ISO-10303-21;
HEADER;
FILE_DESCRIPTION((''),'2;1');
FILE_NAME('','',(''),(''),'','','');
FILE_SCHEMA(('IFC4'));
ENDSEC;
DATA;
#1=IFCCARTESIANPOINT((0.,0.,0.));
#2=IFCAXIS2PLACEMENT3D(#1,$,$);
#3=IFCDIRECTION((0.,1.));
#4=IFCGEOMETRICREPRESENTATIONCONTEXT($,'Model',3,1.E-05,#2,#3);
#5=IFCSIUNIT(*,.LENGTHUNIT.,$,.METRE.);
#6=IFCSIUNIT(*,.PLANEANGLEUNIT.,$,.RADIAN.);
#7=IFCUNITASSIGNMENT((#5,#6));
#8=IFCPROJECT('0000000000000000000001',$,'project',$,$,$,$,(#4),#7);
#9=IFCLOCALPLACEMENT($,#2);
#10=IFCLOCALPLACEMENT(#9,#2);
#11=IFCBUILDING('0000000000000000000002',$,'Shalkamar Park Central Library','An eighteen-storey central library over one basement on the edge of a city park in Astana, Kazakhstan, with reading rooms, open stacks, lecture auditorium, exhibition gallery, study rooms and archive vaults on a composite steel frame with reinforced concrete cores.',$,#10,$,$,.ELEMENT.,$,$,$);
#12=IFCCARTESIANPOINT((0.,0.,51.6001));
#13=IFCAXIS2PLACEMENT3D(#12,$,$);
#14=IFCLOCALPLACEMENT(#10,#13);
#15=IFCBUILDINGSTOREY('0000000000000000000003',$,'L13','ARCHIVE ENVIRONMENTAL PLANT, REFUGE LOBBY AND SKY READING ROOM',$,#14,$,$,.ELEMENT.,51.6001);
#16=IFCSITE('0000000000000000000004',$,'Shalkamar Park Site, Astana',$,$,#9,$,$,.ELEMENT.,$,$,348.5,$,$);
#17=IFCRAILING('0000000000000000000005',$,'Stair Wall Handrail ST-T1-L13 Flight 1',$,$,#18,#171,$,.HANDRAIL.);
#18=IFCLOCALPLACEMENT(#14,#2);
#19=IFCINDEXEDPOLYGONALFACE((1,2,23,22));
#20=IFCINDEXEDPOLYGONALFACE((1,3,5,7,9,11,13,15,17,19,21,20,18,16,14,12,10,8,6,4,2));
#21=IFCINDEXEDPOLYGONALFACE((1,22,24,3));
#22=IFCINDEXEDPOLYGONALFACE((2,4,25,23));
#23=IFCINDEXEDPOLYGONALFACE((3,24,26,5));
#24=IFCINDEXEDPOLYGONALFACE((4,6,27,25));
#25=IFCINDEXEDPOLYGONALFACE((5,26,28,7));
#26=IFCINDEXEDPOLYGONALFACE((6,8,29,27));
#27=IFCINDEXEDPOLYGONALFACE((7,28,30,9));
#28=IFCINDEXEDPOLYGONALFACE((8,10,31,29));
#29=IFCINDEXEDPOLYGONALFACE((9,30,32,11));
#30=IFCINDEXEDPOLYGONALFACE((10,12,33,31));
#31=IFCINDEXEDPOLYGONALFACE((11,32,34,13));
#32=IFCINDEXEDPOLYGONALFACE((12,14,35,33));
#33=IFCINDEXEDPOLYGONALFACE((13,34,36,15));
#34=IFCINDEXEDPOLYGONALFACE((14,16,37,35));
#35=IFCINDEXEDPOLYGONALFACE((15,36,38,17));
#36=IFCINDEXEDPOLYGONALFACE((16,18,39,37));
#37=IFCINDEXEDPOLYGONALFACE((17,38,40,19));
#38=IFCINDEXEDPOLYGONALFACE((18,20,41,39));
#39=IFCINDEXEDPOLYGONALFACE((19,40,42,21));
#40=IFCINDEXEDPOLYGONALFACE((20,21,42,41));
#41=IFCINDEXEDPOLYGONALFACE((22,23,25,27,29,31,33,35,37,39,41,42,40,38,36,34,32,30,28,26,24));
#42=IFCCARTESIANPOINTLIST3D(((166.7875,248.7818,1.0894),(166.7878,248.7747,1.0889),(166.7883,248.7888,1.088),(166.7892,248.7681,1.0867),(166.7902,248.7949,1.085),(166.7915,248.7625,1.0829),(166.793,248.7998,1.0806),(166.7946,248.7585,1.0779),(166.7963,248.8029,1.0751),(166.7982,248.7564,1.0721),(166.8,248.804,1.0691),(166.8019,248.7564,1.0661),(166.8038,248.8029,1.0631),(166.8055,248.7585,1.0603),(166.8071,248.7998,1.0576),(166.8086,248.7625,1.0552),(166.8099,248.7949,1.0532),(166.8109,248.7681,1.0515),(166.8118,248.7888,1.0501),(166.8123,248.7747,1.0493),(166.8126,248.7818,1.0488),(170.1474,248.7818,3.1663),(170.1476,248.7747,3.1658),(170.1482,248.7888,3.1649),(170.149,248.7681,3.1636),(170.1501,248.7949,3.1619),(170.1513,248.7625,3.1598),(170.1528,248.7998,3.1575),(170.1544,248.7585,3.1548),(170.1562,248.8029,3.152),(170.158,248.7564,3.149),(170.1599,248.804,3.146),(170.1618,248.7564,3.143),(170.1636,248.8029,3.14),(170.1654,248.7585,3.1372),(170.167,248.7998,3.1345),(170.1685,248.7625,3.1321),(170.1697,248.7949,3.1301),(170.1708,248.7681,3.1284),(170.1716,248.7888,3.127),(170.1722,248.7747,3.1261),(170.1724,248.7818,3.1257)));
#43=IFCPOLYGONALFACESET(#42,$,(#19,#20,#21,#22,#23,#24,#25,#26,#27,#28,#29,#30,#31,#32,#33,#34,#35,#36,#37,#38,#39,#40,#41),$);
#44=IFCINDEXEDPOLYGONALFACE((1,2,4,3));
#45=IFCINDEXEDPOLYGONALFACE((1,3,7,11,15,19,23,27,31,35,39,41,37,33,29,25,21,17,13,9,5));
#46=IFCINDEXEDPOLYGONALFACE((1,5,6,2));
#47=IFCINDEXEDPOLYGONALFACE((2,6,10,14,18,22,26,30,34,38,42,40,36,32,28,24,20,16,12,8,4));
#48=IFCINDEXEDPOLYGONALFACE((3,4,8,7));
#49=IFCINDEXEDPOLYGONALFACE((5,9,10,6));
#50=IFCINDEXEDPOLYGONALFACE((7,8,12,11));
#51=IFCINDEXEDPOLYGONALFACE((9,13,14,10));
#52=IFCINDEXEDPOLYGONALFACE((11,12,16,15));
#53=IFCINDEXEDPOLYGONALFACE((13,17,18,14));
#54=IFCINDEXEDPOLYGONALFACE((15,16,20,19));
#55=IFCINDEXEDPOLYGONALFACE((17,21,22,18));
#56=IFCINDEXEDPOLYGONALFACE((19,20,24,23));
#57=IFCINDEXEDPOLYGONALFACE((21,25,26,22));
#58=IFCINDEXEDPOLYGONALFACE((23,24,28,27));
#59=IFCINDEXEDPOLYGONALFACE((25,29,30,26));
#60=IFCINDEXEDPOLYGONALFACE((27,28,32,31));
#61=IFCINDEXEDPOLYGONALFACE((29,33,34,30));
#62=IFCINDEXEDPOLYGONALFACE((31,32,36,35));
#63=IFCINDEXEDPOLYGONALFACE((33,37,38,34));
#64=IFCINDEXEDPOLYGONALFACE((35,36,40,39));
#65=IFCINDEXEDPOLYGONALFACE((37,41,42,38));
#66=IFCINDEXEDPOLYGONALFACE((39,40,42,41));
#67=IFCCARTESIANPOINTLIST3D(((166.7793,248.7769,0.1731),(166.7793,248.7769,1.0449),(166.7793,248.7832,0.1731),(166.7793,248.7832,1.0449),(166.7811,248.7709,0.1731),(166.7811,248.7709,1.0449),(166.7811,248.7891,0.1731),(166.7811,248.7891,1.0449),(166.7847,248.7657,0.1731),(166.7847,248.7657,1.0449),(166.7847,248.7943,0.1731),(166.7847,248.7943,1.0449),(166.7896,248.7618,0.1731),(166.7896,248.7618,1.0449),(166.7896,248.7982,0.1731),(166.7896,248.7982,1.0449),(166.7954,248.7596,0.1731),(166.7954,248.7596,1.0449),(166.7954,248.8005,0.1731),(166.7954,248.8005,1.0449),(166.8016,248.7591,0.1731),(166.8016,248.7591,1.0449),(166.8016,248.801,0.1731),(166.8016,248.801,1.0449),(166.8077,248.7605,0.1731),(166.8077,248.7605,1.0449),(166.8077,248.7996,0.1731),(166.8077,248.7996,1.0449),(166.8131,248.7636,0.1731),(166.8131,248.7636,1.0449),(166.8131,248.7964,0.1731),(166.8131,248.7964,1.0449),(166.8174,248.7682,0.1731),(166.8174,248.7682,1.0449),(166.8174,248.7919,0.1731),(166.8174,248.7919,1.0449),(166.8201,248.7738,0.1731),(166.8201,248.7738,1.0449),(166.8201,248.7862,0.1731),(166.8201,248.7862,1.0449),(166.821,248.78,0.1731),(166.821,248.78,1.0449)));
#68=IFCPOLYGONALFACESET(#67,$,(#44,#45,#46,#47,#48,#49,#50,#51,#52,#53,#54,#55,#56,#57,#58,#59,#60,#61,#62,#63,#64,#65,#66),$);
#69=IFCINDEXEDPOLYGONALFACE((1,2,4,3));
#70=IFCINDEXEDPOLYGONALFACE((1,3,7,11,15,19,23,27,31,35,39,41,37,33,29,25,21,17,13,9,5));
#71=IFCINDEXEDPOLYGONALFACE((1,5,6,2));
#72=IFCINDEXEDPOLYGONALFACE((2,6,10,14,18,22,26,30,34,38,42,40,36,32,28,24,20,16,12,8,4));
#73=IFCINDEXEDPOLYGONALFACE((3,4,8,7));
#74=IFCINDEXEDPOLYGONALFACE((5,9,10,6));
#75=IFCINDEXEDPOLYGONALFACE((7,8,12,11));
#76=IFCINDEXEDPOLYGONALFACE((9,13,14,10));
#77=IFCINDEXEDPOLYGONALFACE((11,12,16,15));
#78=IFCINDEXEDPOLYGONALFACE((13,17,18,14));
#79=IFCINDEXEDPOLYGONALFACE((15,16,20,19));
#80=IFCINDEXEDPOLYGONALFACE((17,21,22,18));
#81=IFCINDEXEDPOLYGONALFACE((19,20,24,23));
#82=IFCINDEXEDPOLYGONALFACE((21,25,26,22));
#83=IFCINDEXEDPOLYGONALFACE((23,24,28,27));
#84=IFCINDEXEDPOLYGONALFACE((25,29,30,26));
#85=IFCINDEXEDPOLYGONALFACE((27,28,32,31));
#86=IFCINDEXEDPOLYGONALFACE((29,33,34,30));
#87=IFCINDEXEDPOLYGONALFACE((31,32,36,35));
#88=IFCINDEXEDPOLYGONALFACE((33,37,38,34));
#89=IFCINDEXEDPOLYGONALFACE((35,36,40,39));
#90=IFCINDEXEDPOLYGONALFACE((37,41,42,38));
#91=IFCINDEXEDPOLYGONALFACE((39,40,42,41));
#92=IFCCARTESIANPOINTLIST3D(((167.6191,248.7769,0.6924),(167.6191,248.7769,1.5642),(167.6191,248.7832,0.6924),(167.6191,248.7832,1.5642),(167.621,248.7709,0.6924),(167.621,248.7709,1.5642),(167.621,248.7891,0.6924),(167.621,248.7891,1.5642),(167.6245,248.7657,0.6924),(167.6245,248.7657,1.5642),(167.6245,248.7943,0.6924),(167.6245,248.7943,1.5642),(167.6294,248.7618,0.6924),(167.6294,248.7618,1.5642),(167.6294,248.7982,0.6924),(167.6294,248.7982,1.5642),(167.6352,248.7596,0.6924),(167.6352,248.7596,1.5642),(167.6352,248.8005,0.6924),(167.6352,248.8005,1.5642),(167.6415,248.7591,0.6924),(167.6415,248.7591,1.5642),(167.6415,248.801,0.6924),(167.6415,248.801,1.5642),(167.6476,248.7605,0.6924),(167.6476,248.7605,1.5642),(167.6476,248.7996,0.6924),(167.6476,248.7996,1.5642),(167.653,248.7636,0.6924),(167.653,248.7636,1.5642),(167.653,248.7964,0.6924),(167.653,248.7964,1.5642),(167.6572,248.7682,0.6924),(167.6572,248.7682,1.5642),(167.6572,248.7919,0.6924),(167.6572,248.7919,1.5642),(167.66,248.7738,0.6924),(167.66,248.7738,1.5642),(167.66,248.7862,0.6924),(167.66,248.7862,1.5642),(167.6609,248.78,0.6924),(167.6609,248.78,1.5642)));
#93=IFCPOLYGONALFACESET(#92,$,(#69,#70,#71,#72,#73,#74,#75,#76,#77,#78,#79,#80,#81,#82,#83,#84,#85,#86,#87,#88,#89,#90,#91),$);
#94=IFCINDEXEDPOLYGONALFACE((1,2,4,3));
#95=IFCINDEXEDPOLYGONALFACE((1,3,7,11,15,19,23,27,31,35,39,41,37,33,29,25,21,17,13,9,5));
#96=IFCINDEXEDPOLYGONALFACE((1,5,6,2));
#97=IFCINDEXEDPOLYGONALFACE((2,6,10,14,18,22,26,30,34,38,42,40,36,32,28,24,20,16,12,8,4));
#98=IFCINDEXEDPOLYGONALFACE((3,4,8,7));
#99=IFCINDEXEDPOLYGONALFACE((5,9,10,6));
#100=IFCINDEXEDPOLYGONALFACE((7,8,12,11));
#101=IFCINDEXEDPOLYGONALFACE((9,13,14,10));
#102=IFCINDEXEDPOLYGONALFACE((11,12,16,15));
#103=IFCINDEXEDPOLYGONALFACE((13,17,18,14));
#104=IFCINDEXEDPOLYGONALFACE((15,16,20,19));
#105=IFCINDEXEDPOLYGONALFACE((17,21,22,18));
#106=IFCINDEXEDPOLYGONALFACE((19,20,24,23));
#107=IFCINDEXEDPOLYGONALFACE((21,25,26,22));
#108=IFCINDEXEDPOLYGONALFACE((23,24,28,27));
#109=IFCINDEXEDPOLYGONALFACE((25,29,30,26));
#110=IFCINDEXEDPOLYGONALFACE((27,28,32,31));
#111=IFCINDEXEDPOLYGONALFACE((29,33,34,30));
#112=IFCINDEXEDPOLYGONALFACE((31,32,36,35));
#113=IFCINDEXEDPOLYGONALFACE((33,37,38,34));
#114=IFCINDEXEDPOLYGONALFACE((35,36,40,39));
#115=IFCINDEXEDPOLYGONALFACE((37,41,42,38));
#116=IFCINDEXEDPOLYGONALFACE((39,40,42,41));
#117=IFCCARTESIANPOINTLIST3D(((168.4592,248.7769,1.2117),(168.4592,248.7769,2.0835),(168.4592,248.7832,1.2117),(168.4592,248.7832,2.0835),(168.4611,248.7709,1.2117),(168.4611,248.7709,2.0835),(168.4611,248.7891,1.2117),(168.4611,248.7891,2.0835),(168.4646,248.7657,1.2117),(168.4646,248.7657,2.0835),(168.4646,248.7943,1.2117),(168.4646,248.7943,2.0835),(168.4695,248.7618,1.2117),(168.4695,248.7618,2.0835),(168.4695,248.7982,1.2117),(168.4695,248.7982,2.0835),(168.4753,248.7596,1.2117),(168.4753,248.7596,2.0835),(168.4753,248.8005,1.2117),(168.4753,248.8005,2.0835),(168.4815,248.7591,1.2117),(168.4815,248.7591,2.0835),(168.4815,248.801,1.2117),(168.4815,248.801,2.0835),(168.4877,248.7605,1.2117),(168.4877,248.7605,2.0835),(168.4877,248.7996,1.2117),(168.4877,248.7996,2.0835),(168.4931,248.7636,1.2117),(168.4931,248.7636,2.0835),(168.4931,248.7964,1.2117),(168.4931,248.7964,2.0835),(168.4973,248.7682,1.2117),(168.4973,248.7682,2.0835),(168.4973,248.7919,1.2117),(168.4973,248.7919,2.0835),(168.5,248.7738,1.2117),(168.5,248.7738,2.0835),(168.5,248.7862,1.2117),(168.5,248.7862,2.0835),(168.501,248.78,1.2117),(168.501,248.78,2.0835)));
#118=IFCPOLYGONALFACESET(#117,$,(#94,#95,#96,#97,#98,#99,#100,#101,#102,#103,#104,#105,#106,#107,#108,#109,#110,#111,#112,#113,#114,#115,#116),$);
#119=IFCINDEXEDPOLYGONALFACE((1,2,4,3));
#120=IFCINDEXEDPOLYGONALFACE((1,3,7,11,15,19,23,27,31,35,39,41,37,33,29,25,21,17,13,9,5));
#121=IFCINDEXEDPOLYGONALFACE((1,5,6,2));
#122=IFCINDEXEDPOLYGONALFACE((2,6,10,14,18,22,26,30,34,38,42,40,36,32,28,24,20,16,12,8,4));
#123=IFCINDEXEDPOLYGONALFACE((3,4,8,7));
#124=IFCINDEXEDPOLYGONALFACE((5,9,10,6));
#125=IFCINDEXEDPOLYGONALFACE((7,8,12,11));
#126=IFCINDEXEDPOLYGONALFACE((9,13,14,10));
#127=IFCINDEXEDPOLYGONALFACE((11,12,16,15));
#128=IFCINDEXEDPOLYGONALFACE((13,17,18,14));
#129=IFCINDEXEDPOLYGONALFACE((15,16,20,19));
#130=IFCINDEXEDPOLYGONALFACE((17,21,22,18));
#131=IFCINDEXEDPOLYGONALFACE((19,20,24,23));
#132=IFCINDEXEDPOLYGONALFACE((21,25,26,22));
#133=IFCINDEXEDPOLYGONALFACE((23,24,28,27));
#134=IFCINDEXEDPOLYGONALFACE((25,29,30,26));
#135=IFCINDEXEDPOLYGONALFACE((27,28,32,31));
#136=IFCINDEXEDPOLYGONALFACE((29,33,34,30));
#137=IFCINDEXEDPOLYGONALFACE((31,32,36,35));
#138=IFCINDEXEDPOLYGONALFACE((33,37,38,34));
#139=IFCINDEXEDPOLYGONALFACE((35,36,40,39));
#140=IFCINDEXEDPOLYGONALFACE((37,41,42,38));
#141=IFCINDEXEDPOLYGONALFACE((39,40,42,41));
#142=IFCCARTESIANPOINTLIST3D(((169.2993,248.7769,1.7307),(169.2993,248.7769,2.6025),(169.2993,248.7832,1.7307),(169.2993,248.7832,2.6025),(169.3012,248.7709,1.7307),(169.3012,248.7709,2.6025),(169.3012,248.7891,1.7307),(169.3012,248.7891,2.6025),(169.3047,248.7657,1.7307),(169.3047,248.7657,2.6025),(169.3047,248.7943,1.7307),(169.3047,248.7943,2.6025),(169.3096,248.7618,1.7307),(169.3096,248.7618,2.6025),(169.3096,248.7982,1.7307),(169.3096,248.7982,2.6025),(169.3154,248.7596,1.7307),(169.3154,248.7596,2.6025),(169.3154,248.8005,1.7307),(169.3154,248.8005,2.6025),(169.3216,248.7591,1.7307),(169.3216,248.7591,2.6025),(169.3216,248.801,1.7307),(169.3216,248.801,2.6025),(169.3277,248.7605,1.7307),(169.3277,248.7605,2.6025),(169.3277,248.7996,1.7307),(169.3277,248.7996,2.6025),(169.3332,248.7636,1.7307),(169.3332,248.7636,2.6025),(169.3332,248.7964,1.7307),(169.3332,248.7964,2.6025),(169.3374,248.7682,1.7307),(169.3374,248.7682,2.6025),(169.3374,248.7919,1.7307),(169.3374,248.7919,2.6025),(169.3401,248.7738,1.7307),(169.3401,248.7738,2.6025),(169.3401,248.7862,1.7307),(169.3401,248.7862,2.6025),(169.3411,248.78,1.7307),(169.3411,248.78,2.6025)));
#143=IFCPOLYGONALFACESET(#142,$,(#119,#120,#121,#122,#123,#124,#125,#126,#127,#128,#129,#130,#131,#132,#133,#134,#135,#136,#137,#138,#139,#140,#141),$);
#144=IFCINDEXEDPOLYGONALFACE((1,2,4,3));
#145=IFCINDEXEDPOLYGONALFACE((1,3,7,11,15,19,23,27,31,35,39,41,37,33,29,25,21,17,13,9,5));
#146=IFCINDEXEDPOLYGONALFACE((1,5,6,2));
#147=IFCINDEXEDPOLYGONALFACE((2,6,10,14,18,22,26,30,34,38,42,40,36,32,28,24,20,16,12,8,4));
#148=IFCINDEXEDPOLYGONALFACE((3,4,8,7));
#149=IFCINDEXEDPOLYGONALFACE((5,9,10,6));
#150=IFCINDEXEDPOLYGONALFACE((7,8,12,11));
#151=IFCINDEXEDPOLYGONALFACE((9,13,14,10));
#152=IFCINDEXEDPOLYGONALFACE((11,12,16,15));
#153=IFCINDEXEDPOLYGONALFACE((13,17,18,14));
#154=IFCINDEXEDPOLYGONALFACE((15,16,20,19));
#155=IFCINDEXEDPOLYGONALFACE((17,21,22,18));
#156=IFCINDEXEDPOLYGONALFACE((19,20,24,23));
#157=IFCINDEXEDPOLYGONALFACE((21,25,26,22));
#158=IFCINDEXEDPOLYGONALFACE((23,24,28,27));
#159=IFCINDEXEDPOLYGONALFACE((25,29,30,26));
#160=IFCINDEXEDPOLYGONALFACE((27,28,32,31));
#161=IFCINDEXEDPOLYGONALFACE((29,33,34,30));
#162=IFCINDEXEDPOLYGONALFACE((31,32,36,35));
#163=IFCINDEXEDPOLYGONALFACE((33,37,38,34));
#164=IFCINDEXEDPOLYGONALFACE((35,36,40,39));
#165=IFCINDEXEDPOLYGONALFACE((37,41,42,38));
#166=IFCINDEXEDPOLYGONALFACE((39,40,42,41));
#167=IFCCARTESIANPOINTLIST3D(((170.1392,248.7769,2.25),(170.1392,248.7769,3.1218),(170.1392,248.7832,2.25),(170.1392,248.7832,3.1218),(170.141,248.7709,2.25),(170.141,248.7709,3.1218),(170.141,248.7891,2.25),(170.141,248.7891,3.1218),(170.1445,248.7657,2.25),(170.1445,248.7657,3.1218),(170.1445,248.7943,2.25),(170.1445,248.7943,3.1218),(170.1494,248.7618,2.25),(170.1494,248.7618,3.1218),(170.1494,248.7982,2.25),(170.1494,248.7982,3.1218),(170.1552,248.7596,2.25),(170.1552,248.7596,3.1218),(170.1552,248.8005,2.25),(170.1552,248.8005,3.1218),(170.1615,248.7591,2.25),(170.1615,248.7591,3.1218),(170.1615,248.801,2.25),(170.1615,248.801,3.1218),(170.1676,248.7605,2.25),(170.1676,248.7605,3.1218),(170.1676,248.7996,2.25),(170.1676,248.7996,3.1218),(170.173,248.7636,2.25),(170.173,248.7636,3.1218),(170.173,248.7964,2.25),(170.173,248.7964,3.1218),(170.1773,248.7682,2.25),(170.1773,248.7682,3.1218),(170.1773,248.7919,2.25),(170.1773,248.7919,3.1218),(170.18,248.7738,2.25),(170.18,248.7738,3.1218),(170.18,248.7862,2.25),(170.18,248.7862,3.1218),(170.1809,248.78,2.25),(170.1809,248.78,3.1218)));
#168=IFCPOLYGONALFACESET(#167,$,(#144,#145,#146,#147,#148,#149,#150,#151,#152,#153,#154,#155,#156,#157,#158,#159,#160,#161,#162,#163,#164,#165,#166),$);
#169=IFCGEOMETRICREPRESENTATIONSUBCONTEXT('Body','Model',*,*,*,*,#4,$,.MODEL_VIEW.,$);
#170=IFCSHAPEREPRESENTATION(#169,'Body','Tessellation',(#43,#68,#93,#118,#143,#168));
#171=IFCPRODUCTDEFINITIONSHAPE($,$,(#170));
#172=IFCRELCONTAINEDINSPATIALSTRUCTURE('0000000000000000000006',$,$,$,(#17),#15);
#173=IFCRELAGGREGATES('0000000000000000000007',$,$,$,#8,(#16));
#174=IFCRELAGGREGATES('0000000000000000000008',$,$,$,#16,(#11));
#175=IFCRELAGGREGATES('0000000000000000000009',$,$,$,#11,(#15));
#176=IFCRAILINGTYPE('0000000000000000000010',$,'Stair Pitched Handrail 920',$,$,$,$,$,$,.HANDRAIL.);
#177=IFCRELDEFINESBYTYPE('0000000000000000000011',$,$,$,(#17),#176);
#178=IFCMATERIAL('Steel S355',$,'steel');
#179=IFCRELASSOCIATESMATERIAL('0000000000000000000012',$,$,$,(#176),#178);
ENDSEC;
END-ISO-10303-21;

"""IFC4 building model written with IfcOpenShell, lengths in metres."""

from ifc_helpers import new_model, si_unit, direction, frame, origin, origin_2d, place, context, subcontext, project, spatial, circle, extrude, material, type_object, element, save


model = new_model("IFC4")

# Units and contexts
model_context = context("Model", 3, precision=1e-05, world=origin(), true_north=direction((0.0, 1.0)))
body_context = subcontext(model_context, "Body", "Model", "MODEL_VIEW")
ifc_project = project(units=[si_unit("LENGTHUNIT", "METRE"), si_unit("PLANEANGLEUNIT", "RADIAN")], contexts=[model_context])

# Site, building, storey
site_placement = place(None, origin())
site = spatial("IfcSite", under=ifc_project, at=site_placement, Name="Shalkamar Park Site, Astana", CompositionType="ELEMENT", RefElevation=348.5)
building_placement = place(site_placement, origin())
building = spatial("IfcBuilding", under=site, at=building_placement, Name="Shalkamar Park Central Library", Description="An eighteen-storey central library over one basement on the edge of a city park in Astana, Kazakhstan, with reading rooms, open stacks, lecture auditorium, exhibition gallery, study rooms and archive vaults on a composite steel frame with reinforced concrete cores.", CompositionType="ELEMENT")
storey_placement = place(building_placement, frame((0.0, 0.0, 51.6001)))
storey = spatial("IfcBuildingStorey", under=building, at=storey_placement, Name="L13", Description="ARCHIVE ENVIRONMENTAL PLANT, REFUGE LOBBY AND SKY READING ROOM", CompositionType="ELEMENT", Elevation=51.6001)

# Shared definitions
ifc_material_1 = material(Name="Steel S355", Category="steel")

# Railing
railing_type_1 = type_object("IfcRailingType", Name="Stair Pitched Handrail 920", PredefinedType="HANDRAIL", material=ifc_material_1)
railing_1_placement = place(storey_placement, frame((166.8, 248.78, 0.1731)))
element("IfcRailing", 1, at=railing_1_placement, inside=storey, type_object=railing_type_1, Name="Stair Wall Handrail ST-T1-L13 Flight 1", PredefinedType="HANDRAIL", context=body_context, shape_type="SweptSolid", body=[
    extrude(circle(Radius=0.0239, at=origin_2d()), frame((0.0, 0.0, 0.896), z_axis=(0.850606, 0.0, 0.525803), x_axis=(0.0, 1.0, 0.0)), (0.0, 0.0, 1.0), 3.95),
    extrude(circle(Radius=0.021, at=origin_2d()), origin(), (0.0, 0.0, 1.0), 0.8718),
    extrude(circle(Radius=0.021, at=origin_2d()), frame((0.8398, 0.0, 0.5193)), (0.0, 0.0, 1.0), 0.8718),
    extrude(circle(Radius=0.021, at=origin_2d()), frame((1.6799, 0.0, 1.0386)), (0.0, 0.0, 1.0), 0.8718),
    extrude(circle(Radius=0.021, at=origin_2d()), frame((2.52, 0.0, 1.5576)), (0.0, 0.0, 1.0), 0.8718),
    extrude(circle(Radius=0.021, at=origin_2d()), frame((3.3599, 0.0, 2.0769)), (0.0, 0.0, 1.0), 0.8718),
])

save(model, "model.ifc")
